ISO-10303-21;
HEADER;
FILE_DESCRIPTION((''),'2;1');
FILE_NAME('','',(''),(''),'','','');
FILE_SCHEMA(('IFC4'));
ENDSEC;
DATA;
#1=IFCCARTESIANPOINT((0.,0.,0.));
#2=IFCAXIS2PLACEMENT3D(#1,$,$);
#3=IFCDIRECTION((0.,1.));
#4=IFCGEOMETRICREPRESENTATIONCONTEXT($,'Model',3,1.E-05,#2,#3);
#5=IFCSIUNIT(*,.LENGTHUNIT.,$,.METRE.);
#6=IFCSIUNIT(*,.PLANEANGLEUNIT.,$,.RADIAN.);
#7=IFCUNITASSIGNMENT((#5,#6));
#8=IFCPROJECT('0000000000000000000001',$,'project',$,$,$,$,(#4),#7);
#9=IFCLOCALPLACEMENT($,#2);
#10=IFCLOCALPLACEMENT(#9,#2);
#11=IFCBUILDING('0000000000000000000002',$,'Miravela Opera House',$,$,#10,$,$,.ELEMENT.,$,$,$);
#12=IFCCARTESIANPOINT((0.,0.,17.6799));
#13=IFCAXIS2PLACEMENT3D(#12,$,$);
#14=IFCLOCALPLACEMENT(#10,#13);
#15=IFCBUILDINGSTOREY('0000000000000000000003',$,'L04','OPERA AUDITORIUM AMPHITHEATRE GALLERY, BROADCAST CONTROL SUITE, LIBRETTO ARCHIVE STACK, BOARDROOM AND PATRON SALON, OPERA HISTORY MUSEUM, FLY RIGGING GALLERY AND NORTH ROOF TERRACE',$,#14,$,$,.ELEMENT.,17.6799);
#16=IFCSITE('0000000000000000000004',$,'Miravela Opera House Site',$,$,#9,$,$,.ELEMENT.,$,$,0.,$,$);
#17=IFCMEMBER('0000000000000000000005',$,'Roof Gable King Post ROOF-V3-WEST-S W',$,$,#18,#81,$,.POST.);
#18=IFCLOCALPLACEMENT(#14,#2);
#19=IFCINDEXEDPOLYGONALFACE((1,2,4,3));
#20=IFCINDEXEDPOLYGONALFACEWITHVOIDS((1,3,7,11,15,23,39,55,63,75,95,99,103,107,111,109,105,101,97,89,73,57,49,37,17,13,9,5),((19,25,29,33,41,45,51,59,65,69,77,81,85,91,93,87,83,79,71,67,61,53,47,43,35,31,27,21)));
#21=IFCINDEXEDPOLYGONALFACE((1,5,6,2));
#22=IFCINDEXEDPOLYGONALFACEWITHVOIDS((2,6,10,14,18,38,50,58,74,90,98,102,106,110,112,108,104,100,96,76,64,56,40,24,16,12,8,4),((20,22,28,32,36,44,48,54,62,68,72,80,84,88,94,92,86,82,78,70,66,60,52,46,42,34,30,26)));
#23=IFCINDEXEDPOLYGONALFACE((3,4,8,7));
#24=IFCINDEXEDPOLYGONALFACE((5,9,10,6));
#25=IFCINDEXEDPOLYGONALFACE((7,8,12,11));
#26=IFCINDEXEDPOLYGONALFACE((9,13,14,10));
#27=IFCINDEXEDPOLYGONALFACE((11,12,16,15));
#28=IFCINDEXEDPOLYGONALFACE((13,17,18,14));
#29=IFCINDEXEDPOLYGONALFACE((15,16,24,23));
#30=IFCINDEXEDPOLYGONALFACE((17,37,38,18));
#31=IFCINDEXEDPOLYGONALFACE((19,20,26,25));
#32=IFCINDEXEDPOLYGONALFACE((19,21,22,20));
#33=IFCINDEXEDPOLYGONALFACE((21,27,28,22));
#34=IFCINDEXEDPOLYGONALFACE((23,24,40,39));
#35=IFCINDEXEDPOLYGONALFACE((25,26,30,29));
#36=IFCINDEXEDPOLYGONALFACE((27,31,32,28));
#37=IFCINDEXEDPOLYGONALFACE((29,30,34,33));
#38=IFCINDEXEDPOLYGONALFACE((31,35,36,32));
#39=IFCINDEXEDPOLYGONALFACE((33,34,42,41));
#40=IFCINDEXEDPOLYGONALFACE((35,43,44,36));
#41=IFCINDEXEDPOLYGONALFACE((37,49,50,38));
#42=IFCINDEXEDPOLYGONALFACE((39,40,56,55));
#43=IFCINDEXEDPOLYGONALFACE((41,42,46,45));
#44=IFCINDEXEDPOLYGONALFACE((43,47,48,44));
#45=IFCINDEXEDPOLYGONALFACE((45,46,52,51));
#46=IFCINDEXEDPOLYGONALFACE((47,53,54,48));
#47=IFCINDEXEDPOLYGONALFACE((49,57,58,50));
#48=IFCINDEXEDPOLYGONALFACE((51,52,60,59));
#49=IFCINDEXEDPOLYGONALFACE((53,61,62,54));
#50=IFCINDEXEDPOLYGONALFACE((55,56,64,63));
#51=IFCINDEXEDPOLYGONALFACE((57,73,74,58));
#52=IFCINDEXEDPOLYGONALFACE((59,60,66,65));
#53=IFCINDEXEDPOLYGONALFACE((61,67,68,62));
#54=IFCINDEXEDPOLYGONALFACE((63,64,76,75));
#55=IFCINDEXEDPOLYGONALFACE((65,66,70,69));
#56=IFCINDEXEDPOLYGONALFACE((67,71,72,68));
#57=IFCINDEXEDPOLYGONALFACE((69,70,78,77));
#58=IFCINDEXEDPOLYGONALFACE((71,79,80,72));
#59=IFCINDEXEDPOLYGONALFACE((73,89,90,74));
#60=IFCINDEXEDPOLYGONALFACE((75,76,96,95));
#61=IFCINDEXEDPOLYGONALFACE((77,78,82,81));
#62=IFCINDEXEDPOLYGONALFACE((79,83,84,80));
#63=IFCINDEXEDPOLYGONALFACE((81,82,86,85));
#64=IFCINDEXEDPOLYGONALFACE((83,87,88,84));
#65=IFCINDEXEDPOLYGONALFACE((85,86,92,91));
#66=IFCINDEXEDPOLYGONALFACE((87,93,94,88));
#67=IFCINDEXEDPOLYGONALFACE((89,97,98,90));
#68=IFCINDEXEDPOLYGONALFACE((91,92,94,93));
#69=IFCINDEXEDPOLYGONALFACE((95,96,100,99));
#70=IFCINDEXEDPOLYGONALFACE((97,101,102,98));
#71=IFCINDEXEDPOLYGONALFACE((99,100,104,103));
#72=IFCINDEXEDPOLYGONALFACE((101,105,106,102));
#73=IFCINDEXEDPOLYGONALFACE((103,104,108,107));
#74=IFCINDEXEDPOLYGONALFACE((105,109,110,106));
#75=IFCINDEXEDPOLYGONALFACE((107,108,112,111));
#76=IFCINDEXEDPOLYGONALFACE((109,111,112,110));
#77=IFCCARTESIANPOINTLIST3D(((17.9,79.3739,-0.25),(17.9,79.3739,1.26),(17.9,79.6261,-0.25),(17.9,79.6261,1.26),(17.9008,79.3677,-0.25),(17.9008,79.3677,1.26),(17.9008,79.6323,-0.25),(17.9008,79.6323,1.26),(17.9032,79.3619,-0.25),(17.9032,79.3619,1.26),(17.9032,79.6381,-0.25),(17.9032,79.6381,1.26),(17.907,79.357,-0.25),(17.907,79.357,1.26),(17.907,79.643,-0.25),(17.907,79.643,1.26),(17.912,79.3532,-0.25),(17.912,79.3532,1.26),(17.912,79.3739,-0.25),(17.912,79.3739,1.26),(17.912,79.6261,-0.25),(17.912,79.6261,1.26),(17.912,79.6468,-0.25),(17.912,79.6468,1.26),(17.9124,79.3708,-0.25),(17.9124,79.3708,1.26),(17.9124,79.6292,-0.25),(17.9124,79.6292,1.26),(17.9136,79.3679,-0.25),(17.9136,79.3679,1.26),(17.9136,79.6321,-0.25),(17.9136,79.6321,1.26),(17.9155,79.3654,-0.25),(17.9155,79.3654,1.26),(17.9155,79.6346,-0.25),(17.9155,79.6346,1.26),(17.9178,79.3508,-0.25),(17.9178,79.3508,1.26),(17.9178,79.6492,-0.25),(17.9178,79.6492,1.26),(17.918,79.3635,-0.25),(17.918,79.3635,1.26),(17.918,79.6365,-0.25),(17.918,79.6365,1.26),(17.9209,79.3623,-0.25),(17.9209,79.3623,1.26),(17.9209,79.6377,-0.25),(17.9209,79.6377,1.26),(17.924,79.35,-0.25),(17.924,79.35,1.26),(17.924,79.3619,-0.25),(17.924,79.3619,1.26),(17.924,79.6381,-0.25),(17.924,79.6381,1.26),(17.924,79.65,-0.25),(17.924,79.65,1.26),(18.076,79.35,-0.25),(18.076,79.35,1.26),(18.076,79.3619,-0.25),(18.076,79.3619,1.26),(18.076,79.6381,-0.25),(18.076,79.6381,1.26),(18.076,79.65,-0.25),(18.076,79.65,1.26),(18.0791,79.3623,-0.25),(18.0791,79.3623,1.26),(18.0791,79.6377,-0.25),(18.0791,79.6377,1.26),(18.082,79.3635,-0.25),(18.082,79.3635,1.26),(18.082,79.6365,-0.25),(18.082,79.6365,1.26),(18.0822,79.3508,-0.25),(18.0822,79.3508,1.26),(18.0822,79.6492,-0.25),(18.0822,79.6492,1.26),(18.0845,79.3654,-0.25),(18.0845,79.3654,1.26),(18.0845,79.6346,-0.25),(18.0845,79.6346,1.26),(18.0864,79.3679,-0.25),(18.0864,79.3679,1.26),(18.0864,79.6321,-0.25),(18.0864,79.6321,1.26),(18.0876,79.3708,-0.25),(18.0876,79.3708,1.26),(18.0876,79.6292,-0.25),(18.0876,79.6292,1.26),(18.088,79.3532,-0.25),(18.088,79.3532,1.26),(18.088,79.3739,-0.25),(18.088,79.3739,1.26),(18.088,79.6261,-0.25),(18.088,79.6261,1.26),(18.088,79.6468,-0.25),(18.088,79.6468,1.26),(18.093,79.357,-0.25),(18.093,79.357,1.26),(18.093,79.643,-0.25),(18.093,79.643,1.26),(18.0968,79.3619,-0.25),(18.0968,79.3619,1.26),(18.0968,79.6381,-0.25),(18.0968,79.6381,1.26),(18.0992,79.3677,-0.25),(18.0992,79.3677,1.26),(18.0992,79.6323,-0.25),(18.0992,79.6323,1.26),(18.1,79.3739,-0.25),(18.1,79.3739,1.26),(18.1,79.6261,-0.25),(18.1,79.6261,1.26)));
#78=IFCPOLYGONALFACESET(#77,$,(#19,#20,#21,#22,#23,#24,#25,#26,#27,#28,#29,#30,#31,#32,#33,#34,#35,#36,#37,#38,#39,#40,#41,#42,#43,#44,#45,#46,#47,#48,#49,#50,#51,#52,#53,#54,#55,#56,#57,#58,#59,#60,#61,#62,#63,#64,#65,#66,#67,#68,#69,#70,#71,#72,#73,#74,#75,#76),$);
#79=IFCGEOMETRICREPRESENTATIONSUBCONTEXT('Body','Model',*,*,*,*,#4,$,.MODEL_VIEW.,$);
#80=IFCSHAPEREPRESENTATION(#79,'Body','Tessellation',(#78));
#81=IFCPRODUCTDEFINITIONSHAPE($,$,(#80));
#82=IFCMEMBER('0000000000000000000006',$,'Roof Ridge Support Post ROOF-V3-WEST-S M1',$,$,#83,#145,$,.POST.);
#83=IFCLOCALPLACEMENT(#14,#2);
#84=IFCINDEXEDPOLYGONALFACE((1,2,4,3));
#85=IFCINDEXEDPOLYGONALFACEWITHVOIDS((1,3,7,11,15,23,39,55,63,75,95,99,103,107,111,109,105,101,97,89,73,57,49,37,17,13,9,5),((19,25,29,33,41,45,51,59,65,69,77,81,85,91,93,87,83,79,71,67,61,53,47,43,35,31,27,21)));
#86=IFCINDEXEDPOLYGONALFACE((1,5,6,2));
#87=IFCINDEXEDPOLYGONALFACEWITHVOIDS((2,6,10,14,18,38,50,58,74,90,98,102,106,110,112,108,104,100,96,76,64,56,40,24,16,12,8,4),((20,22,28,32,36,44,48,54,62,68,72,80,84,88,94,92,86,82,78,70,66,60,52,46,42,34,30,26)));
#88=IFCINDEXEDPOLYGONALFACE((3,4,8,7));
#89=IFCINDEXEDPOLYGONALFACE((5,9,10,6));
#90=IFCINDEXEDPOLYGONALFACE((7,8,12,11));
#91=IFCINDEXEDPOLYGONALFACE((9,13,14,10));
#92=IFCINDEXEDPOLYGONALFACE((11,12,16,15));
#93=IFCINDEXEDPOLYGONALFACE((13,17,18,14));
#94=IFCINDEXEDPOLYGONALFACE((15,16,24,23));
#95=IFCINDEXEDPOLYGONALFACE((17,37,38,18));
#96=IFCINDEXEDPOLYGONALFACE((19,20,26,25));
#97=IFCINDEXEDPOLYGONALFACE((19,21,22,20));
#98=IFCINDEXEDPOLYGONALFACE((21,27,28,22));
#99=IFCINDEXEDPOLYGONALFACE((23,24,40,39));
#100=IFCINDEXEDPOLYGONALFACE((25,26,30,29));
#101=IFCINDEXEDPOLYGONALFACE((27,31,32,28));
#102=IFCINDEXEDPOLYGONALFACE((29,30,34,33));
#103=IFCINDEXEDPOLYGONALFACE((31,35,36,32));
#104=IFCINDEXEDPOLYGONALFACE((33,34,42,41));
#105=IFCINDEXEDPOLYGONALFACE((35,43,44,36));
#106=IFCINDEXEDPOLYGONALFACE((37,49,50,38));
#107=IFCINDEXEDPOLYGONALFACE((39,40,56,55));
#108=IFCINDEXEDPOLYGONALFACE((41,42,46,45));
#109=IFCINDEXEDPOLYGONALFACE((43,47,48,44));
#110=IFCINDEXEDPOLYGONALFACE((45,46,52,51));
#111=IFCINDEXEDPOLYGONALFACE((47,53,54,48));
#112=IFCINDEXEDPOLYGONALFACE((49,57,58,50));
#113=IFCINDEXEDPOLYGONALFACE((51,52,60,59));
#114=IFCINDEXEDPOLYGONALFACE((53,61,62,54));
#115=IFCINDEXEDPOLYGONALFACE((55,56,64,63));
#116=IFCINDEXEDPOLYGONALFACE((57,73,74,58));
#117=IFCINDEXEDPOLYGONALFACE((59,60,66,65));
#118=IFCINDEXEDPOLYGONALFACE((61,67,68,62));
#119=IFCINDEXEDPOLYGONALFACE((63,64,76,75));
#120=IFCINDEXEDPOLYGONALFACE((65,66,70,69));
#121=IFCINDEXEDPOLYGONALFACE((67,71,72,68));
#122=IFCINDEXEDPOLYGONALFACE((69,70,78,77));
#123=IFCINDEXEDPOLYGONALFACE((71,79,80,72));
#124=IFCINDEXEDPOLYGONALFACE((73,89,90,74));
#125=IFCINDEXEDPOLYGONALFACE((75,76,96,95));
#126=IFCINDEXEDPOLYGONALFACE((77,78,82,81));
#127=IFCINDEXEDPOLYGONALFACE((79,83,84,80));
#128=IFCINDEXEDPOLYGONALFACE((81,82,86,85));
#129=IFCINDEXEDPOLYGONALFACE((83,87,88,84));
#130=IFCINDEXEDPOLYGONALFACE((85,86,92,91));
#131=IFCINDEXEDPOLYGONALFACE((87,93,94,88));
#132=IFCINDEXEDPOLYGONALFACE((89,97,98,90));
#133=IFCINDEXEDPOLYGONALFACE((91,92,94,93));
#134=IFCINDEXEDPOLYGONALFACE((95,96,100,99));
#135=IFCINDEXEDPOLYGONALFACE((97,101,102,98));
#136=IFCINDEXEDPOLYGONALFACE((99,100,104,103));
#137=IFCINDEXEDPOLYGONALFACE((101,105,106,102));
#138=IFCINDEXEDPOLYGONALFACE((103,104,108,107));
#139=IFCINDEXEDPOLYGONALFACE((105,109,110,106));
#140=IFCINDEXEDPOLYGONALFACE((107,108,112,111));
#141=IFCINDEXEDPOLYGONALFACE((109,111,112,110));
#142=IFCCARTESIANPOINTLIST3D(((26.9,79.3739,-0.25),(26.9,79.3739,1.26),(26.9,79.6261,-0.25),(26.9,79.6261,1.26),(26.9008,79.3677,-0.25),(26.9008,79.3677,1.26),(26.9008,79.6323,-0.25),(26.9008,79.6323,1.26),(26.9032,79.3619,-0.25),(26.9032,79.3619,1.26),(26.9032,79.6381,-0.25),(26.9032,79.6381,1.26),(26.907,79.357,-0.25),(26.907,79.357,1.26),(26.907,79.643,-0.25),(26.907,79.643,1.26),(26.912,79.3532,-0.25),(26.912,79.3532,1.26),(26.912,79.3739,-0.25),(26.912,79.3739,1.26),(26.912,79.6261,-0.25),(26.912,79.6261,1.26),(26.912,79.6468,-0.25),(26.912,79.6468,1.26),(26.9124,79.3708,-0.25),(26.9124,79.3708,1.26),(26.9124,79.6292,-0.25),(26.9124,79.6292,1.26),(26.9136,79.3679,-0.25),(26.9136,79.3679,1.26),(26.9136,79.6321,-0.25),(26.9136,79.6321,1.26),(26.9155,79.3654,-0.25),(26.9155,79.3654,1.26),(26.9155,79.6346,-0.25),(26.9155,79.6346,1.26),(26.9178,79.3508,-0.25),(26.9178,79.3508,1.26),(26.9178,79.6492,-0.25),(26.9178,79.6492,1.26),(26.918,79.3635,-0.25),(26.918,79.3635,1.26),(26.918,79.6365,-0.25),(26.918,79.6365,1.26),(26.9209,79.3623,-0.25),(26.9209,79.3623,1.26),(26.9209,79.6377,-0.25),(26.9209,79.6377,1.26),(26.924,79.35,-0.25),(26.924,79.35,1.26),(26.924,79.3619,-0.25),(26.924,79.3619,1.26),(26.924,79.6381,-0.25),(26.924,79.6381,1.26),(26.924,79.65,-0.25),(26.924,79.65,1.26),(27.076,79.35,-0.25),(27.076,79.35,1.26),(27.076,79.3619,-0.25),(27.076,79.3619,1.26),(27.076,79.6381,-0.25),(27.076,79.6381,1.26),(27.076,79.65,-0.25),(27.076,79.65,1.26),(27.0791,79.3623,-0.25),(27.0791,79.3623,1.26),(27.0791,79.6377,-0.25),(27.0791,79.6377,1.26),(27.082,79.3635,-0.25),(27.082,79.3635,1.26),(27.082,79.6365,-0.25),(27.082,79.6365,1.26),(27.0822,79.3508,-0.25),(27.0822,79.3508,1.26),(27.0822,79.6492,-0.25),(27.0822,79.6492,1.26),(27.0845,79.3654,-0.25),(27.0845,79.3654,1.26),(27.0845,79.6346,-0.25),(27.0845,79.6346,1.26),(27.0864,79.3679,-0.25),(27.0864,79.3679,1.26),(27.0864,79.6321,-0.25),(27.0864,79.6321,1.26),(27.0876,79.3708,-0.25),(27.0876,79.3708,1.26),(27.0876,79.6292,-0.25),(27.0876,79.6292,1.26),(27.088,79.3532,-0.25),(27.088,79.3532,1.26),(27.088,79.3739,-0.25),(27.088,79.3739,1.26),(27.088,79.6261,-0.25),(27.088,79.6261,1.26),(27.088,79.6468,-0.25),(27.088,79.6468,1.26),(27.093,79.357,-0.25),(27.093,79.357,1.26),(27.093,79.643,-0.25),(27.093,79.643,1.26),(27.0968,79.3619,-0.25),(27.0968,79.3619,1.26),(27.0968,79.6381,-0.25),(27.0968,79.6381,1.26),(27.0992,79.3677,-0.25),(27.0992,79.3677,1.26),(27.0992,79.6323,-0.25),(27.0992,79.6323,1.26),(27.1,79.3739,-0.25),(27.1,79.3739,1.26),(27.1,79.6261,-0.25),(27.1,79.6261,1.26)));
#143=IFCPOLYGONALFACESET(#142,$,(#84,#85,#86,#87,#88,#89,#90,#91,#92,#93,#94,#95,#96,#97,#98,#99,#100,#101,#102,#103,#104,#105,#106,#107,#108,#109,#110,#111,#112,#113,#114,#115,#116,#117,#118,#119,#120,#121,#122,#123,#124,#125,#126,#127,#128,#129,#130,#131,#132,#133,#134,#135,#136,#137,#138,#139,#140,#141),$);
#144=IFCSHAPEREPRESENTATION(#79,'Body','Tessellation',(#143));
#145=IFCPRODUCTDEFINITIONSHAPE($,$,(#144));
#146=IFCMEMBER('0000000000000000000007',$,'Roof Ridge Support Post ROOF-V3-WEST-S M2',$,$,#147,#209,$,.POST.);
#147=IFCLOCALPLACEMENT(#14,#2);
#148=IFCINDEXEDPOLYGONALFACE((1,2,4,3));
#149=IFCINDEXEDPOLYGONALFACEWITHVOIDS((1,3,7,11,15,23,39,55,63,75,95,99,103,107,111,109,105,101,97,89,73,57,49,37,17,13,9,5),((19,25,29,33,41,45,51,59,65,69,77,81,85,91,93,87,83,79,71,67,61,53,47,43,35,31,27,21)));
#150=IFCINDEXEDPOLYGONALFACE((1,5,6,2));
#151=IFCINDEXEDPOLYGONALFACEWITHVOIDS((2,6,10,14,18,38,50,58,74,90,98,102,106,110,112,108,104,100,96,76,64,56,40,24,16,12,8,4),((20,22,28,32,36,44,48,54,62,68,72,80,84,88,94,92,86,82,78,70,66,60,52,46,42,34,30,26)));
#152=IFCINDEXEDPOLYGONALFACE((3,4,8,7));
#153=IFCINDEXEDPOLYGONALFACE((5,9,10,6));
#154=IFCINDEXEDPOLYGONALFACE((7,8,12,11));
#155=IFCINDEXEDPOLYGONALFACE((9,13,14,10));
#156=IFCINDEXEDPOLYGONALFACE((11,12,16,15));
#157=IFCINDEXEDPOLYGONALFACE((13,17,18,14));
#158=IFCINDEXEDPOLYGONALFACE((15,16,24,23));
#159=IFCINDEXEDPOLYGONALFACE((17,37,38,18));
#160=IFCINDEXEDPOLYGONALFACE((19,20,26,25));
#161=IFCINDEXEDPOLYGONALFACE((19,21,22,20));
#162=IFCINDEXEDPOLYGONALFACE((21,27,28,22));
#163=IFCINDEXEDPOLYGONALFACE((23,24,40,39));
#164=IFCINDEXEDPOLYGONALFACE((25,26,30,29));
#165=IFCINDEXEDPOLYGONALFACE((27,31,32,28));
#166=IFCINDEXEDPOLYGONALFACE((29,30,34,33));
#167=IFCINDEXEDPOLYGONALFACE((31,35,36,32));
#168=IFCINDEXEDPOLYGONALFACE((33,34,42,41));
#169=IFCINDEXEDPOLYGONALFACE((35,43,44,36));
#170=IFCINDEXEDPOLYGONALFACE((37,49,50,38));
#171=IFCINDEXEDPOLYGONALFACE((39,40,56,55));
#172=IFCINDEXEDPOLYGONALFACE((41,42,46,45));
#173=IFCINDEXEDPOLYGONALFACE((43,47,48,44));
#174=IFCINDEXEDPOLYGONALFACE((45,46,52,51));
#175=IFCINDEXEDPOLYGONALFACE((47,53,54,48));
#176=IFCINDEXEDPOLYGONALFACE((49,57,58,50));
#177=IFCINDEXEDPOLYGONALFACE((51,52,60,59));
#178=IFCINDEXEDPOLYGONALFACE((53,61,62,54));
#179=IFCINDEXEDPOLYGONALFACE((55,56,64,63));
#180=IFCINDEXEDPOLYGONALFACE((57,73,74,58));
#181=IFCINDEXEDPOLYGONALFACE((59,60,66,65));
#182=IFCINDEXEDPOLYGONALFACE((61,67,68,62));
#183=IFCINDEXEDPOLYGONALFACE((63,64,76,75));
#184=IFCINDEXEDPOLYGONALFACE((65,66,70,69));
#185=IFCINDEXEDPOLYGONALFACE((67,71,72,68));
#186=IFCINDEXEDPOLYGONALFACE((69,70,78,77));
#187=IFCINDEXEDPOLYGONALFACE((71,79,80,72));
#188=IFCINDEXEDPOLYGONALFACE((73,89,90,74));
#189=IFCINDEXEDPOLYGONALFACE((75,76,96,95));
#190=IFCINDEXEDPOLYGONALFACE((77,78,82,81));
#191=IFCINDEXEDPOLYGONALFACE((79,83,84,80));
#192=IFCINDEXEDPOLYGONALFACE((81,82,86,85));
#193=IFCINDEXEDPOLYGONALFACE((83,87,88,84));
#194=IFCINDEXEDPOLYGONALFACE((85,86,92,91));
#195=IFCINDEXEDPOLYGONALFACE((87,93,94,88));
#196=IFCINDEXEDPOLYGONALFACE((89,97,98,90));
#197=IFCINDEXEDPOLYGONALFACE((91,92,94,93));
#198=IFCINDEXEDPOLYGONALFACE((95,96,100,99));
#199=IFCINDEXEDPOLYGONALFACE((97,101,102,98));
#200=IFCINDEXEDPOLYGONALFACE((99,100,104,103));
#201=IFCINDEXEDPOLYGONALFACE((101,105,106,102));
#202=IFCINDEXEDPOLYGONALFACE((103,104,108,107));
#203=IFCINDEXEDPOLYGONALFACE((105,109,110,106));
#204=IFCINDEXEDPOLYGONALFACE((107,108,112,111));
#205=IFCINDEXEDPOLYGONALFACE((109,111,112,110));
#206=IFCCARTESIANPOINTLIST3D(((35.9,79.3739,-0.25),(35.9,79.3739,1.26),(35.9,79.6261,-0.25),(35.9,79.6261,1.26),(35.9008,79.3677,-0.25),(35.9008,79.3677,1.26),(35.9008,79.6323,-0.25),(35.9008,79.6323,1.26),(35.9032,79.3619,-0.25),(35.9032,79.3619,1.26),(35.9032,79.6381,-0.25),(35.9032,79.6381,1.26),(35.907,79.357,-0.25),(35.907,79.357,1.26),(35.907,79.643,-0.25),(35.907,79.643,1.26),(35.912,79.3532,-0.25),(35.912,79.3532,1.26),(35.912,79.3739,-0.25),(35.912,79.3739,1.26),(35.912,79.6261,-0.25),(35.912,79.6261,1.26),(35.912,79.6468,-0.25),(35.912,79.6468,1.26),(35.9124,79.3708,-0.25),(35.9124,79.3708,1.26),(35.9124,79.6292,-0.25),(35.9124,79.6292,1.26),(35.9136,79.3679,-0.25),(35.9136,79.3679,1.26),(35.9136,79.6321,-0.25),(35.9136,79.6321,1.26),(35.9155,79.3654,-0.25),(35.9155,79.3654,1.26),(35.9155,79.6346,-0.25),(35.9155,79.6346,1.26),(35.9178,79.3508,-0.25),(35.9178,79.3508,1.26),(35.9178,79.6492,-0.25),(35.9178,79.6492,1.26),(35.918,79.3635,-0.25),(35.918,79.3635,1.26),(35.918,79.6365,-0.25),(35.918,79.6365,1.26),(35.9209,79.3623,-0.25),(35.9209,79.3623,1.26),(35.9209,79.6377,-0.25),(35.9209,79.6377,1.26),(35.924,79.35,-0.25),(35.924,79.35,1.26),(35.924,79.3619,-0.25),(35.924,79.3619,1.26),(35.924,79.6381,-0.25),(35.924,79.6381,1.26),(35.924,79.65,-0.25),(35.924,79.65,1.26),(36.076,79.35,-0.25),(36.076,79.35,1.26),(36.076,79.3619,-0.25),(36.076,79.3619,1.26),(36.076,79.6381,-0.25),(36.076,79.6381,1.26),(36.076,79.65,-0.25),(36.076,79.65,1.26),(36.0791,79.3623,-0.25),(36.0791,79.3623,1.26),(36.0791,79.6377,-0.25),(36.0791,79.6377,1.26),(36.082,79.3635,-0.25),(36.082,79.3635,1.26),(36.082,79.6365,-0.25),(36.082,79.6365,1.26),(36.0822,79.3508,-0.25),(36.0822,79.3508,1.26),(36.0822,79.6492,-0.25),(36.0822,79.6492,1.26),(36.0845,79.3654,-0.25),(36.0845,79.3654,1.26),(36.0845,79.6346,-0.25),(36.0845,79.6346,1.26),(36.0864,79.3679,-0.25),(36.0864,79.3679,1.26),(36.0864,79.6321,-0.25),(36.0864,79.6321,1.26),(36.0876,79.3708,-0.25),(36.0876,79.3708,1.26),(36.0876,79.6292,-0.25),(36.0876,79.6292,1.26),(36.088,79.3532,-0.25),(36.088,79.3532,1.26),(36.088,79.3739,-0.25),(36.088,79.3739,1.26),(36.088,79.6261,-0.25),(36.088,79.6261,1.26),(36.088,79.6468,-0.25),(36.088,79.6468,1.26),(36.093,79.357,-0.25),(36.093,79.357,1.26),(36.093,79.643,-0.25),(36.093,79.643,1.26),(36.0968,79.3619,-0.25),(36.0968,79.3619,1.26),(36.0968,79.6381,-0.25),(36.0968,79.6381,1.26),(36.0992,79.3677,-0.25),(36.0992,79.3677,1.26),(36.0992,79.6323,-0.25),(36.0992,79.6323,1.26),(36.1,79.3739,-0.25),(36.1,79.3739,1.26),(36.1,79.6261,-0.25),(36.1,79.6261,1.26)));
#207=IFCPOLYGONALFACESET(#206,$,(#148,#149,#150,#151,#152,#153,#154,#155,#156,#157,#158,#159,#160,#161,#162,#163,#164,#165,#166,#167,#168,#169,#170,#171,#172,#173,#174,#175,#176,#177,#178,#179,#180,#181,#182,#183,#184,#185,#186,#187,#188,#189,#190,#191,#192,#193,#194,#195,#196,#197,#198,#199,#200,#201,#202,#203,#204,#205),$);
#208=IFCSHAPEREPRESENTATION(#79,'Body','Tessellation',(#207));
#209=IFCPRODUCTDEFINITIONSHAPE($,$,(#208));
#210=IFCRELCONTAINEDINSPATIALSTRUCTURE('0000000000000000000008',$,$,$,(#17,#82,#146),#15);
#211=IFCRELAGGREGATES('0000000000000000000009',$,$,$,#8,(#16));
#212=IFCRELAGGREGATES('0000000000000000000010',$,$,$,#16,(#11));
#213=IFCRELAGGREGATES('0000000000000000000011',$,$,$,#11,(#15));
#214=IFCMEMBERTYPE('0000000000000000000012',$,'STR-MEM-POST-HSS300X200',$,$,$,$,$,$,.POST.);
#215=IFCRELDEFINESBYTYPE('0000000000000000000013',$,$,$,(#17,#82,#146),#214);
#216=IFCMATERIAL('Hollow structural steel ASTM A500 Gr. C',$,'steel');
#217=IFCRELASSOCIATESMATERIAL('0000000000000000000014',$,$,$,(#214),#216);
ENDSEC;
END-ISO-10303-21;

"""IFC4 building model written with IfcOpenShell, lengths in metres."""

from ifc_helpers import new_model, si_unit, direction, frame, origin, origin_2d, place, context, subcontext, project, spatial, hollow_rectangle, extrude, material, material_profile, profile_set, type_object, element, save


model = new_model("IFC4")

# Units and contexts
model_context = context("Model", 3, precision=1e-05, world=origin(), true_north=direction((0.0, 1.0)))
body_context = subcontext(model_context, "Body", "Model", "MODEL_VIEW")
ifc_project = project(units=[si_unit("LENGTHUNIT", "METRE"), si_unit("PLANEANGLEUNIT", "RADIAN")], contexts=[model_context])

# Site, building, storey
site_placement = place(None, origin())
site = spatial("IfcSite", under=ifc_project, at=site_placement, Name="Miravela Opera House Site", CompositionType="ELEMENT", RefElevation=0.0)
building_placement = place(site_placement, origin())
building = spatial("IfcBuilding", under=site, at=building_placement, Name="Miravela Opera House", CompositionType="ELEMENT")
storey_placement = place(building_placement, frame((0.0, 0.0, 17.6799)))
storey = spatial("IfcBuildingStorey", under=building, at=storey_placement, Name="L04", Description="OPERA AUDITORIUM AMPHITHEATRE GALLERY, BROADCAST CONTROL SUITE, LIBRETTO ARCHIVE STACK, BOARDROOM AND PATRON SALON, OPERA HISTORY MUSEUM, FLY RIGGING GALLERY AND NORTH ROOF TERRACE", CompositionType="ELEMENT", Elevation=17.6799)

# Members
ifc_material_1 = material(Name="Hollow structural steel ASTM A500 Gr. C", Category="steel")
ifc_material_profile_1 = material_profile(ifc_material_1, hollow_rectangle(XDim=0.2, YDim=0.3, WallThickness=0.012, InnerFilletRadius=0.012, OuterFilletRadius=0.0239, at=origin_2d()), Name="HSS300X200X12")
ifc_profile_set_1 = profile_set([ifc_material_profile_1])
member_type_1 = type_object("IfcMemberType", Name="STR-MEM-POST-HSS300X200", PredefinedType="POST", material=ifc_profile_set_1)
for number, where, z_axis, x_axis, name in (
    (1, (18.0, 79.5, -0.25), (0.0, 0.0, 1.0), (1.0, 0.0, 0.0), "Roof Gable King Post ROOF-V3-WEST-S W"),
    (2, (27.0, 79.5, -0.25), (0.0, 0.0, 1.0), (1.0, 0.0, 0.0), "Roof Ridge Support Post ROOF-V3-WEST-S M1"),
    (3, (36.0, 79.5, -0.25), (0.0, 0.0, 1.0), (1.0, 0.0, 0.0), "Roof Ridge Support Post ROOF-V3-WEST-S M2"),
):
    element("IfcMember", number, at=place(storey_placement, frame(where, z_axis=z_axis, x_axis=x_axis)), inside=storey, type_object=member_type_1, Name=name, PredefinedType="POST", context=body_context, shape_type="SweptSolid", body=[
        extrude(hollow_rectangle(XDim=0.2, YDim=0.3, WallThickness=0.012, InnerFilletRadius=0.012, OuterFilletRadius=0.0239, at=origin_2d()), origin(), (0.0, 0.0, 1.0), 1.51),
    ])

save(model, "model.ifc")
